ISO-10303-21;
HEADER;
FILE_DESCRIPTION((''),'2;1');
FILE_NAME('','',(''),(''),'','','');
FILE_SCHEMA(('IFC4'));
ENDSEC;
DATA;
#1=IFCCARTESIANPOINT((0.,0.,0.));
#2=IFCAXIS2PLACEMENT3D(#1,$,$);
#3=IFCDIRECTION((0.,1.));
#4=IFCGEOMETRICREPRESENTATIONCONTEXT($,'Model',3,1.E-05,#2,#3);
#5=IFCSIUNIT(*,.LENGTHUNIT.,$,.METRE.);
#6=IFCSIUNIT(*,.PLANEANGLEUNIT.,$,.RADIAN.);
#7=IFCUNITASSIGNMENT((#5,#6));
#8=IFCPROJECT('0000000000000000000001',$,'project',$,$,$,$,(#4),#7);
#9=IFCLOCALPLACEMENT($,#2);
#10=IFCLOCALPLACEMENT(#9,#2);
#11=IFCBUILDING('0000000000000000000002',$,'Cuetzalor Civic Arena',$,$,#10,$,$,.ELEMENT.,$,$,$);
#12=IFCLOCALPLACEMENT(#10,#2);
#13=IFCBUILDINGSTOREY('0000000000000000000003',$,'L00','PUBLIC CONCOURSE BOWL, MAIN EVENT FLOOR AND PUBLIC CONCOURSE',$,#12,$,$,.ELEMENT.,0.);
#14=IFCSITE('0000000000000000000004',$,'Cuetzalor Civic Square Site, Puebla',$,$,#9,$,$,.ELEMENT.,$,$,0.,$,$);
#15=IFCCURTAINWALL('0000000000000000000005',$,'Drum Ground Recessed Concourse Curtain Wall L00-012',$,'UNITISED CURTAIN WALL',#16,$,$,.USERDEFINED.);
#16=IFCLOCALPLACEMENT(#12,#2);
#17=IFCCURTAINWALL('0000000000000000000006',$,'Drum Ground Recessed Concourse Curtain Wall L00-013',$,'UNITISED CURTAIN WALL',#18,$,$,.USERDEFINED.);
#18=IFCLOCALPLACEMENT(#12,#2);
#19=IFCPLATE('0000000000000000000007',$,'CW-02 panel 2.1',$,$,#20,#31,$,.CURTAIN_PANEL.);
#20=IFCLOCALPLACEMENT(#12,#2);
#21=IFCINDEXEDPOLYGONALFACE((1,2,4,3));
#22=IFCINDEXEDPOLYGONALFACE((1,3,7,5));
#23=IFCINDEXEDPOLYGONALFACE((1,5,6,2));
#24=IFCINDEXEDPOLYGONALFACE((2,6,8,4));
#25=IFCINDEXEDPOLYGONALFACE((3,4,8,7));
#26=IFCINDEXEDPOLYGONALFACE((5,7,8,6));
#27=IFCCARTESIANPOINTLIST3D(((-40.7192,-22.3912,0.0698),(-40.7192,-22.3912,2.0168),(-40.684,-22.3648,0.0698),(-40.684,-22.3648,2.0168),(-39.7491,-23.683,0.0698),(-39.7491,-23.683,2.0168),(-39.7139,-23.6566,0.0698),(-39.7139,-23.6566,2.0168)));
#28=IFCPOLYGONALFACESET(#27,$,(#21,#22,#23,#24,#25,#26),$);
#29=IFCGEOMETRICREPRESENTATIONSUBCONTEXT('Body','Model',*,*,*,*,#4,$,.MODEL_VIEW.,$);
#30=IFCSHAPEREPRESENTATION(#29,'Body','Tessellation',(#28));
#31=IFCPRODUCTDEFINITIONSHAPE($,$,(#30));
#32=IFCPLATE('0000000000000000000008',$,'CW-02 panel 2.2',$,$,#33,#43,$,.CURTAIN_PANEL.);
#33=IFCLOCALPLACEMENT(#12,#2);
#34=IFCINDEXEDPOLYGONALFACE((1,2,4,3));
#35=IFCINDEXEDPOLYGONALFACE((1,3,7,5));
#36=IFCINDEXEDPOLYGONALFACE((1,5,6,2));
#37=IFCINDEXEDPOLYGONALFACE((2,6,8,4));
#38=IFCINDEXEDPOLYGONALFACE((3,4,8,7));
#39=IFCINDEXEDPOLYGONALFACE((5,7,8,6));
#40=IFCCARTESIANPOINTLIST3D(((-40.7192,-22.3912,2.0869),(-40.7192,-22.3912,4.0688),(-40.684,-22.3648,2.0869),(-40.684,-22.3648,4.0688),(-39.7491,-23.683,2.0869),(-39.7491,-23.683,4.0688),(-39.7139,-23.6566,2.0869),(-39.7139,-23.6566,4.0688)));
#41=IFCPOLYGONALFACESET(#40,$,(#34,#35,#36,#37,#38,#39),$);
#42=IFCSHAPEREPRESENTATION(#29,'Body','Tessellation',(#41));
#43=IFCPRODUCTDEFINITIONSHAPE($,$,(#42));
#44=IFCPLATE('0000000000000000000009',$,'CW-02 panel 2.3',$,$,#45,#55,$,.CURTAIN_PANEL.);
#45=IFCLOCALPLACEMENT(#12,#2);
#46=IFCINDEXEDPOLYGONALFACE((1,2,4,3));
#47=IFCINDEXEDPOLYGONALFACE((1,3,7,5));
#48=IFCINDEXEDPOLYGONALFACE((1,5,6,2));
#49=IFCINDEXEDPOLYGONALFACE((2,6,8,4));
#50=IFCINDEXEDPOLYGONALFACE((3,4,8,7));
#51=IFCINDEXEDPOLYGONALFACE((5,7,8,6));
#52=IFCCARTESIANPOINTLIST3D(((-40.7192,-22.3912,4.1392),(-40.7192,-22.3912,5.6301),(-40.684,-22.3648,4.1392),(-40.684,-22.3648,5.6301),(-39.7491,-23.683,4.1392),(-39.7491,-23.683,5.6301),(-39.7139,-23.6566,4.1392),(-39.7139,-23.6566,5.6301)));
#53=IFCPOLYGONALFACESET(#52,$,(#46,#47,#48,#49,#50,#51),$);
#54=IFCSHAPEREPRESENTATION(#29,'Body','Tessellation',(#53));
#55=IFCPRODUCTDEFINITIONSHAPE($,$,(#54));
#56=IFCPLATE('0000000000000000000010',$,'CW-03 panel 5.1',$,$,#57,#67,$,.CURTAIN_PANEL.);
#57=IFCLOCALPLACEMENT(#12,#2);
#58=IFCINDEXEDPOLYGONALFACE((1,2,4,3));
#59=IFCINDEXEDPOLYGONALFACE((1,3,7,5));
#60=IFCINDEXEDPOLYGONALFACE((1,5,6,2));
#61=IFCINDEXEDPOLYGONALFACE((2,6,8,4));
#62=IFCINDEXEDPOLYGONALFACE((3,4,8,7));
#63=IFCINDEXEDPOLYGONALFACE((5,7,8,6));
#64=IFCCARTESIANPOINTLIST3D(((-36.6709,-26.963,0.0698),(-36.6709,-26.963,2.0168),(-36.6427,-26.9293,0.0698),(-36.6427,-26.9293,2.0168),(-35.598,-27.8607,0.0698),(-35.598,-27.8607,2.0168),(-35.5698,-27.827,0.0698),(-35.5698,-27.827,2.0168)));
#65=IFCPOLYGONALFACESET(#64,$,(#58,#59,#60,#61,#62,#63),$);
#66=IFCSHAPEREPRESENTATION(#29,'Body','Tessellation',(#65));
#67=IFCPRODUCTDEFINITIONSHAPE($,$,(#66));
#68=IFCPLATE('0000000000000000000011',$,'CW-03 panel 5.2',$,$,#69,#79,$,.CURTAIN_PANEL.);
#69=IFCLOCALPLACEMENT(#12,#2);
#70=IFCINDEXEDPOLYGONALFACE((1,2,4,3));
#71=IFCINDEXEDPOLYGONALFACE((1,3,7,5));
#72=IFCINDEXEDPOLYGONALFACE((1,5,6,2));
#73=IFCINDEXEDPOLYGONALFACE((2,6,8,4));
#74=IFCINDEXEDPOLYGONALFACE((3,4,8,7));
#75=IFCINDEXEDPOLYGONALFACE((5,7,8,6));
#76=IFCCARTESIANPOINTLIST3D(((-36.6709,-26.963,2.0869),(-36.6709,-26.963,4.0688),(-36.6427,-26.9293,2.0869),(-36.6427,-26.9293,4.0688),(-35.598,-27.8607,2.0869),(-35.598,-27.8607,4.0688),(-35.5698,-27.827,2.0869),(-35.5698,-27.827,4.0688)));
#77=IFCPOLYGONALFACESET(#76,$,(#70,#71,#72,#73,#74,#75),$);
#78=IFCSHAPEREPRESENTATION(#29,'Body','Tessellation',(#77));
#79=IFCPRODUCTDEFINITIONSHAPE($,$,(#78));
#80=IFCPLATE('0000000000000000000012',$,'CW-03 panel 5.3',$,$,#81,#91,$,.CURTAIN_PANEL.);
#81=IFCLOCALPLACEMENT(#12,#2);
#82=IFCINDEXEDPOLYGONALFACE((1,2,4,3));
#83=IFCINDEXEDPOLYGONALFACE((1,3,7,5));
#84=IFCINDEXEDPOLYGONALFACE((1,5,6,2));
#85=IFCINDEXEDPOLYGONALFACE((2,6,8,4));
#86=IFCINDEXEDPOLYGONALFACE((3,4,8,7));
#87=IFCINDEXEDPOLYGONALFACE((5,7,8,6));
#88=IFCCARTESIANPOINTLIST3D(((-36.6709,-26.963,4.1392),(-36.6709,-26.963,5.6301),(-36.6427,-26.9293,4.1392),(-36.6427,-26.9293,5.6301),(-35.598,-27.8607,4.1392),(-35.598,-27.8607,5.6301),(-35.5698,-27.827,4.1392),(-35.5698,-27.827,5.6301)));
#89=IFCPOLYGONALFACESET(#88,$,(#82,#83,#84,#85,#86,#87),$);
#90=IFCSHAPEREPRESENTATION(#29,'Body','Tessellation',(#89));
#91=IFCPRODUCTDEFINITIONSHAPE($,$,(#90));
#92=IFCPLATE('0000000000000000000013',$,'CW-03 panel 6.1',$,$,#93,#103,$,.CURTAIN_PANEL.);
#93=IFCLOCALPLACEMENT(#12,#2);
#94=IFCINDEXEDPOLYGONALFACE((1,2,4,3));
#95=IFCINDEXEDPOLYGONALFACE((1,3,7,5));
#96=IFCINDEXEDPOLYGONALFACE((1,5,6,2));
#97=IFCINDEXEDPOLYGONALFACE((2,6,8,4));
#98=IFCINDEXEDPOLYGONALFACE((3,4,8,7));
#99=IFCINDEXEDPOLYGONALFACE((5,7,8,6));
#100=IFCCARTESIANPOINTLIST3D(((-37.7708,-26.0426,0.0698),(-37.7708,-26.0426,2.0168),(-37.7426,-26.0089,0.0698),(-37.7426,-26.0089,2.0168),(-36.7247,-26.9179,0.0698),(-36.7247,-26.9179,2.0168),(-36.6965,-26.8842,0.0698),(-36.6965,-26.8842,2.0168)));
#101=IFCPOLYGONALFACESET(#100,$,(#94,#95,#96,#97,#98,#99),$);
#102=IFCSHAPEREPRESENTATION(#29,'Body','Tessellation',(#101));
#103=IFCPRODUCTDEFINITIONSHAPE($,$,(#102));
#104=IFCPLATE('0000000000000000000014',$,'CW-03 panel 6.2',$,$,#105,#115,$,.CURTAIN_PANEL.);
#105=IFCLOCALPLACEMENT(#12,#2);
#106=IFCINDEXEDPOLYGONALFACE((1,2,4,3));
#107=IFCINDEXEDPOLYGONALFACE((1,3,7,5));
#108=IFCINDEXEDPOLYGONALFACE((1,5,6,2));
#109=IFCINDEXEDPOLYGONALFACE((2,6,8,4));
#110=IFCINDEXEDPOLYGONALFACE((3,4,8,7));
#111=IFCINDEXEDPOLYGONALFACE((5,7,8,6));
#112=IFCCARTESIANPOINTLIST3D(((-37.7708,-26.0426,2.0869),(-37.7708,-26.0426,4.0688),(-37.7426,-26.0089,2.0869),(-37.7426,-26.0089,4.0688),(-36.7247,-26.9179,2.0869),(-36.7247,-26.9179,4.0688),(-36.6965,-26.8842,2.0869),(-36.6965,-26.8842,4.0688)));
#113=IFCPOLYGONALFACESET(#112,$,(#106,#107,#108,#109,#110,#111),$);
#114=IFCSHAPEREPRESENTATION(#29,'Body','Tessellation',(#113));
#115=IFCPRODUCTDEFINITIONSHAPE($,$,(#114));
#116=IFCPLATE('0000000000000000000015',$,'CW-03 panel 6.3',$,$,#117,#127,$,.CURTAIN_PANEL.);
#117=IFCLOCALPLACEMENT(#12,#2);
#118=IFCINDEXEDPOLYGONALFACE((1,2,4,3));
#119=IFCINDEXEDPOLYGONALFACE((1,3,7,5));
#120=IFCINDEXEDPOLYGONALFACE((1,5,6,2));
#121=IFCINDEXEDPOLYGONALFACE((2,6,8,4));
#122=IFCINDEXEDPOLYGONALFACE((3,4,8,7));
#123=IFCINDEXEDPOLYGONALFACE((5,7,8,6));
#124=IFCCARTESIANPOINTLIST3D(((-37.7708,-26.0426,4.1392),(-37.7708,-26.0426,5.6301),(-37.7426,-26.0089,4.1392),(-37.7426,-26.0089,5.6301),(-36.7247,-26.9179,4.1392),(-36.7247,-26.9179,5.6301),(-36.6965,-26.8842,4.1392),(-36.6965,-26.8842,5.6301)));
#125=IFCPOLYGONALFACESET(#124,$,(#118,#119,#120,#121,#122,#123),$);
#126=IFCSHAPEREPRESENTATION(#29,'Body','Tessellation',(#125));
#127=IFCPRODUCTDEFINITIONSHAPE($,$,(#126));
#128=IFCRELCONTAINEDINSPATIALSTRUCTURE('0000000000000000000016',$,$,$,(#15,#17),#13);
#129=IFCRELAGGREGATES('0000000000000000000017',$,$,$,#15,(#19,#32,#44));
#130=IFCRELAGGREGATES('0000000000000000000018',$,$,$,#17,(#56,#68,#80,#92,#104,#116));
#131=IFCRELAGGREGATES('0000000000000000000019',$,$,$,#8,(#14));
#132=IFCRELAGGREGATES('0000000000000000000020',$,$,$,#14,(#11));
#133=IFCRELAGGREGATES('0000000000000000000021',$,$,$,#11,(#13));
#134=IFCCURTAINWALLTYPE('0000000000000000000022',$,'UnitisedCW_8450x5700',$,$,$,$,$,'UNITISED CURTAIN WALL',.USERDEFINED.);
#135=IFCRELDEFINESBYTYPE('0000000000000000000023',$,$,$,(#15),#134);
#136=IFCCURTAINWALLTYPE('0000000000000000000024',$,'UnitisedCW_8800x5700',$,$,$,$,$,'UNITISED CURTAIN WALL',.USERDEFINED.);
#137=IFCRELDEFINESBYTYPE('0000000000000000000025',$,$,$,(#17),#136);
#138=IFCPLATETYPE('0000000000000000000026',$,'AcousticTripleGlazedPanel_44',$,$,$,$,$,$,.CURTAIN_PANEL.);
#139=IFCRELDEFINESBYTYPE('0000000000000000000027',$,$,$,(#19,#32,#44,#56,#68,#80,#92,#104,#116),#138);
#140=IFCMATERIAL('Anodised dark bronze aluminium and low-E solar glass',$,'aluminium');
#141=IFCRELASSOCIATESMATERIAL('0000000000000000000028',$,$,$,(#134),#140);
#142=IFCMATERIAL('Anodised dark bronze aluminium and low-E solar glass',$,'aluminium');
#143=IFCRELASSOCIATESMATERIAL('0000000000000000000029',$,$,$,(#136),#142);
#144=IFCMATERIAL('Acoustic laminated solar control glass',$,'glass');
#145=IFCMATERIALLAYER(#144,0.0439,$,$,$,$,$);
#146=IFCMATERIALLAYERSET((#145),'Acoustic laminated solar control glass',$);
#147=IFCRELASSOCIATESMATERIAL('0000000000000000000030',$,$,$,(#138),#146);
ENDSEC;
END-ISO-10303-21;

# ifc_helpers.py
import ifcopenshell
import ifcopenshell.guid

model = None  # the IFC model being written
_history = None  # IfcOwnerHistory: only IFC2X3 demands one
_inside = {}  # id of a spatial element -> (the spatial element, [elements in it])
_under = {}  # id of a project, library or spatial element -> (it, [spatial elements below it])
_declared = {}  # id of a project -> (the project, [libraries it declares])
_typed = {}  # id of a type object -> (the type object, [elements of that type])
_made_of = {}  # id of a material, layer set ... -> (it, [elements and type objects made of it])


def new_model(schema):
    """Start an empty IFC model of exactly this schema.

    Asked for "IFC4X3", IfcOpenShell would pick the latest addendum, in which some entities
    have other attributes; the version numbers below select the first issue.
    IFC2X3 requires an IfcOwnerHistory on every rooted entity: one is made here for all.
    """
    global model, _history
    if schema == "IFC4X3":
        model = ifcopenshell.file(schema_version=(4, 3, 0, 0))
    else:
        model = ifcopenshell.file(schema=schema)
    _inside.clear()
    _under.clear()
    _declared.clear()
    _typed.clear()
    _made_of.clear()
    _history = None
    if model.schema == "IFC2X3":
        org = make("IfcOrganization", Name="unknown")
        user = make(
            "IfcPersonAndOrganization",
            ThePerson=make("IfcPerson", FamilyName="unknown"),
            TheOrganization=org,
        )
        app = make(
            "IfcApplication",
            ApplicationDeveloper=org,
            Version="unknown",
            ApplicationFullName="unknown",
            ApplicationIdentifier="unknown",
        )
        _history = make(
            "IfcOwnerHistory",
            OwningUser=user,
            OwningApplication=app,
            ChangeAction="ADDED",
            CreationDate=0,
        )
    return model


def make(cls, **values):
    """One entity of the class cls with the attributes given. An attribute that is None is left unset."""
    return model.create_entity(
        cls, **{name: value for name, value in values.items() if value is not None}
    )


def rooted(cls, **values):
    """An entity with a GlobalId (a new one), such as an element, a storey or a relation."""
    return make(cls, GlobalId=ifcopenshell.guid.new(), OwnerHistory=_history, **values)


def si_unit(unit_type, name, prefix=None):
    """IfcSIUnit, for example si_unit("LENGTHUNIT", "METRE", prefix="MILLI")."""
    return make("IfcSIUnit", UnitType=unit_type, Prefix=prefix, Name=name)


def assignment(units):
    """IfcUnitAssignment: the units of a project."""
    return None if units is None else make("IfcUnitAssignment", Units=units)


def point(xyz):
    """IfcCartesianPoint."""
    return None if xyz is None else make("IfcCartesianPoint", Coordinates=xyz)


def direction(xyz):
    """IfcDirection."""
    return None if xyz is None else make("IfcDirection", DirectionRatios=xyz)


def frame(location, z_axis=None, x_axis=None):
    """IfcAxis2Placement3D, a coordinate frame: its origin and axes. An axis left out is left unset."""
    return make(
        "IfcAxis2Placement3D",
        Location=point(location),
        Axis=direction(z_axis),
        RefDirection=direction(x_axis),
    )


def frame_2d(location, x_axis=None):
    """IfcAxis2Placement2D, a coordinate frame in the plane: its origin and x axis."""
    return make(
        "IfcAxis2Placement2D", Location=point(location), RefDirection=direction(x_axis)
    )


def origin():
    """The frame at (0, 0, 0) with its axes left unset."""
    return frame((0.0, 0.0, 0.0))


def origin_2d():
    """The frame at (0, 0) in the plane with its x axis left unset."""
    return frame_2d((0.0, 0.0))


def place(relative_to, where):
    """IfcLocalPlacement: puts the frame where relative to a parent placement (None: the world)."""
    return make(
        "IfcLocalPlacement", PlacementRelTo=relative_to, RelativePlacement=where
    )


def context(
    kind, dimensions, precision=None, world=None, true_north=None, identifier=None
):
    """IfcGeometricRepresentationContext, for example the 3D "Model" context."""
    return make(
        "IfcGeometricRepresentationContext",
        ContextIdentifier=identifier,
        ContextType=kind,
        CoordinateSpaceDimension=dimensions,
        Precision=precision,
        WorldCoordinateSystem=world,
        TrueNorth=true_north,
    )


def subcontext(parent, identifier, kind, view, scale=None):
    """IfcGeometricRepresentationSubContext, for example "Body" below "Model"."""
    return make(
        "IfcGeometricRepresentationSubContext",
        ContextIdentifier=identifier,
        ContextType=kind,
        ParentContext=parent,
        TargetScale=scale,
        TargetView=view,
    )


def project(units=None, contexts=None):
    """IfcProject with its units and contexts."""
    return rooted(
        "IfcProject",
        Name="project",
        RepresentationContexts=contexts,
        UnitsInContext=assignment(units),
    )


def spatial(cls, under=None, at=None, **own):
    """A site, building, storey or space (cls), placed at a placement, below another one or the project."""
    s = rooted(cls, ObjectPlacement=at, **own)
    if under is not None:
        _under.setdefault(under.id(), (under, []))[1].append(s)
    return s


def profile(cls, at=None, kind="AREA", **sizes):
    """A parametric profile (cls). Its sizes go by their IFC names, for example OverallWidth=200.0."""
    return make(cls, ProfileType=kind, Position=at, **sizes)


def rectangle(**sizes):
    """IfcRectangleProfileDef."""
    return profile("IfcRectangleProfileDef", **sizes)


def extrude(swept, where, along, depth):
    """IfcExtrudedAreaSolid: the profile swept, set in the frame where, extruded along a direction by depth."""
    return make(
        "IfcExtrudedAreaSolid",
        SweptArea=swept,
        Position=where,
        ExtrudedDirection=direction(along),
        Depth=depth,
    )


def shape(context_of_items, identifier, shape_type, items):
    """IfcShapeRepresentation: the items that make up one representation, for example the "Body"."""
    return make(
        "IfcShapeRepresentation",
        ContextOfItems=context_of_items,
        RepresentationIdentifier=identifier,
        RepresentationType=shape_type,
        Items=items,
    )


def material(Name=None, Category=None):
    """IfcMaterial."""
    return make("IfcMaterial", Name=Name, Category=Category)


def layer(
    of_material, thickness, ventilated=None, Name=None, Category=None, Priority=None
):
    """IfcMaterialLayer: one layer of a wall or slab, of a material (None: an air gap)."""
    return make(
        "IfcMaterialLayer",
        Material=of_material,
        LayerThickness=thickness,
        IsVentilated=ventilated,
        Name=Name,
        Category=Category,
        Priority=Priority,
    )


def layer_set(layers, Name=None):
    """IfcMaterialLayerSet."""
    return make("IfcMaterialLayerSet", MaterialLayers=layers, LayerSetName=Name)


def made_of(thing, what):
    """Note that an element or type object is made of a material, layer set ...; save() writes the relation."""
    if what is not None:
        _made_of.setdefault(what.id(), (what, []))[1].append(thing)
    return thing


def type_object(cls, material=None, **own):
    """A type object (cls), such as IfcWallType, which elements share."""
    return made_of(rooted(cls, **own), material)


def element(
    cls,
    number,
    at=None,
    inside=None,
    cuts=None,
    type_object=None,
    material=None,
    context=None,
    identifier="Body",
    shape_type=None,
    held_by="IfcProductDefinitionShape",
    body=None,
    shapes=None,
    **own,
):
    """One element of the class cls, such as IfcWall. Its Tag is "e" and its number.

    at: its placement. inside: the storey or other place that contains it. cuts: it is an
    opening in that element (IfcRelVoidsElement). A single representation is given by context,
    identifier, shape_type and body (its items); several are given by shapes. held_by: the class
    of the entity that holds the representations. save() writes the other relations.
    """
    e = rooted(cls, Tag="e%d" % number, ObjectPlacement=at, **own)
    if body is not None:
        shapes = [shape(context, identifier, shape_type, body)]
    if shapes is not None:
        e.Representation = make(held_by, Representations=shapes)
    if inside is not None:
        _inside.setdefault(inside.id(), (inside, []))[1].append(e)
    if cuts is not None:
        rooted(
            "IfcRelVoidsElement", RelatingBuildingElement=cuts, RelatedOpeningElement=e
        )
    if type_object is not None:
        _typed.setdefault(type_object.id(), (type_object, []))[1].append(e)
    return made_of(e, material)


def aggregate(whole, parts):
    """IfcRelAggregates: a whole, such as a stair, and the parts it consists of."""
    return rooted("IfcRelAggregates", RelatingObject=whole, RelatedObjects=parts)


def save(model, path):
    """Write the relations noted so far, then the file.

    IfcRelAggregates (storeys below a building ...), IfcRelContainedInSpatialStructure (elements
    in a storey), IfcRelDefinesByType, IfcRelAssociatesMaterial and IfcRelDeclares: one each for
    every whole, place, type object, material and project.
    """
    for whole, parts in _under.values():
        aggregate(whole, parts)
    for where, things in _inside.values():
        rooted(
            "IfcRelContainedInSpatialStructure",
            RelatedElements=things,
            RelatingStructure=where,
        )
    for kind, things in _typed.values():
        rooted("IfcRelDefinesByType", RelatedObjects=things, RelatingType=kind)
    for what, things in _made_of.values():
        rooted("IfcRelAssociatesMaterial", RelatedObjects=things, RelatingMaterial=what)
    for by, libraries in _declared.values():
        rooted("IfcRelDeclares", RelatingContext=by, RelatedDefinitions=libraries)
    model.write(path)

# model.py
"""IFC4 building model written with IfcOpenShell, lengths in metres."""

from ifc_helpers import new_model, si_unit, direction, frame, origin, origin_2d, place, context, subcontext, project, spatial, rectangle, extrude, material, layer, layer_set, type_object, element, aggregate, save


model = new_model("IFC4")

# Units and contexts
model_context = context("Model", 3, precision=1e-05, world=origin(), true_north=direction((0.0, 1.0)))
body_context = subcontext(model_context, "Body", "Model", "MODEL_VIEW")
ifc_project = project(units=[si_unit("LENGTHUNIT", "METRE"), si_unit("PLANEANGLEUNIT", "RADIAN")], contexts=[model_context])

# Site, building, storey
site_placement = place(None, origin())
site = spatial("IfcSite", under=ifc_project, at=site_placement, Name="Cuetzalor Civic Square Site, Puebla", CompositionType="ELEMENT", RefElevation=0.0)
building_placement = place(site_placement, origin())
building = spatial("IfcBuilding", under=site, at=building_placement, Name="Cuetzalor Civic Arena", CompositionType="ELEMENT")
storey_placement = place(building_placement, origin())
storey = spatial("IfcBuildingStorey", under=building, at=storey_placement, Name="L00", Description="PUBLIC CONCOURSE BOWL, MAIN EVENT FLOOR AND PUBLIC CONCOURSE", CompositionType="ELEMENT", Elevation=0.0)

# Curtain walls
ifc_material_1 = material(Name="Anodised dark bronze aluminium and low-E solar glass", Category="aluminium")
curtain_wall_type_1 = type_object("IfcCurtainWallType", Name="UnitisedCW_8450x5700", ElementType="UNITISED CURTAIN WALL", PredefinedType="USERDEFINED", material=ifc_material_1)
curtain_wall_1_placement = place(storey_placement, origin())
curtain_wall_1 = element("IfcCurtainWall", 1, at=curtain_wall_1_placement, inside=storey, type_object=curtain_wall_type_1, Name="Drum Ground Recessed Concourse Curtain Wall L00-012", ObjectType="UNITISED CURTAIN WALL", PredefinedType="USERDEFINED")
ifc_material_2 = material(Name="Anodised dark bronze aluminium and low-E solar glass", Category="aluminium")
curtain_wall_type_2 = type_object("IfcCurtainWallType", Name="UnitisedCW_8800x5700", ElementType="UNITISED CURTAIN WALL", PredefinedType="USERDEFINED", material=ifc_material_2)
curtain_wall_2_placement = place(storey_placement, origin())
curtain_wall_2 = element("IfcCurtainWall", 2, at=curtain_wall_2_placement, inside=storey, type_object=curtain_wall_type_2, Name="Drum Ground Recessed Concourse Curtain Wall L00-013", ObjectType="UNITISED CURTAIN WALL", PredefinedType="USERDEFINED")

# Plates
ifc_material_3 = material(Name="Acoustic laminated solar control glass", Category="glass")
ifc_layer = layer(ifc_material_3, 0.0439)
ifc_layer_set = layer_set([ifc_layer], Name="Acoustic laminated solar control glass")
plate_type = type_object("IfcPlateType", Name="AcousticTripleGlazedPanel_44", PredefinedType="CURTAIN_PANEL", material=ifc_layer_set)
plate_1_placement = place(storey_placement, frame((-40.2166, -23.0239, 0.0698), z_axis=(0.0, 0.0, 1.0), x_axis=(-0.600492, 0.799631, 0.0)))
plate_1 = element("IfcPlate", 3, at=plate_1_placement, type_object=plate_type, Name="CW-02 panel 2.1", PredefinedType="CURTAIN_PANEL", context=body_context, shape_type="SweptSolid", body=[
    extrude(rectangle(XDim=1.6155, YDim=0.0439, at=origin_2d()), origin(), (0.0, 0.0, 1.0), 1.947),
])
plate_2_placement = place(storey_placement, frame((-40.2166, -23.0239, 2.0869), z_axis=(0.0, 0.0, 1.0), x_axis=(-0.600492, 0.799631, 0.0)))
plate_2 = element("IfcPlate", 4, at=plate_2_placement, type_object=plate_type, Name="CW-02 panel 2.2", PredefinedType="CURTAIN_PANEL", context=body_context, shape_type="SweptSolid", body=[
    extrude(rectangle(XDim=1.6155, YDim=0.0439, at=origin_2d()), origin(), (0.0, 0.0, 1.0), 1.9819),
])
plate_3_placement = place(storey_placement, frame((-40.2166, -23.0239, 4.1392), z_axis=(0.0, 0.0, 1.0), x_axis=(-0.600492, 0.799631, 0.0)))
plate_3 = element("IfcPlate", 5, at=plate_3_placement, type_object=plate_type, Name="CW-02 panel 2.3", PredefinedType="CURTAIN_PANEL", context=body_context, shape_type="SweptSolid", body=[
    extrude(rectangle(XDim=1.6155, YDim=0.0439, at=origin_2d()), origin(), (0.0, 0.0, 1.0), 1.491),
])
aggregate(curtain_wall_1, [plate_1, plate_2, plate_3])
plate_4_placement = place(storey_placement, frame((-36.1204, -27.395, 0.0698), z_axis=(0.0, 0.0, 1.0), x_axis=(-0.766928, 0.641733, 0.0)))
plate_4 = element("IfcPlate", 6, at=plate_4_placement, type_object=plate_type, Name="CW-03 panel 5.1", PredefinedType="CURTAIN_PANEL", context=body_context, shape_type="SweptSolid", body=[
    extrude(rectangle(XDim=1.3989, YDim=0.0439, at=origin_2d()), origin(), (0.0, 0.0, 1.0), 1.947),
])
plate_5_placement = place(storey_placement, frame((-36.1204, -27.395, 2.0869), z_axis=(0.0, 0.0, 1.0), x_axis=(-0.766928, 0.641733, 0.0)))
plate_5 = element("IfcPlate", 7, at=plate_5_placement, type_object=plate_type, Name="CW-03 panel 5.2", PredefinedType="CURTAIN_PANEL", context=body_context, shape_type="SweptSolid", body=[
    extrude(rectangle(XDim=1.3989, YDim=0.0439, at=origin_2d()), origin(), (0.0, 0.0, 1.0), 1.9819),
])
plate_6_placement = place(storey_placement, frame((-36.1204, -27.395, 4.1392), z_axis=(0.0, 0.0, 1.0), x_axis=(-0.766928, 0.641733, 0.0)))
plate_6 = element("IfcPlate", 8, at=plate_6_placement, type_object=plate_type, Name="CW-03 panel 5.3", PredefinedType="CURTAIN_PANEL", context=body_context, shape_type="SweptSolid", body=[
    extrude(rectangle(XDim=1.3989, YDim=0.0439, at=origin_2d()), origin(), (0.0, 0.0, 1.0), 1.491),
])
plate_7_placement = place(storey_placement, frame((-37.2336, -26.4634, 0.0698), z_axis=(0.0, 0.0, 1.0), x_axis=(-0.766928, 0.641733, 0.0)))
plate_7 = element("IfcPlate", 9, at=plate_7_placement, type_object=plate_type, Name="CW-03 panel 6.1", PredefinedType="CURTAIN_PANEL", context=body_context, shape_type="SweptSolid", body=[
    extrude(rectangle(XDim=1.364, YDim=0.0439, at=origin_2d()), origin(), (0.0, 0.0, 1.0), 1.947),
])
plate_8_placement = place(storey_placement, frame((-37.2336, -26.4634, 2.0869), z_axis=(0.0, 0.0, 1.0), x_axis=(-0.766928, 0.641733, 0.0)))
plate_8 = element("IfcPlate", 10, at=plate_8_placement, type_object=plate_type, Name="CW-03 panel 6.2", PredefinedType="CURTAIN_PANEL", context=body_context, shape_type="SweptSolid", body=[
    extrude(rectangle(XDim=1.364, YDim=0.0439, at=origin_2d()), origin(), (0.0, 0.0, 1.0), 1.9819),
])
plate_9_placement = place(storey_placement, frame((-37.2336, -26.4634, 4.1392), z_axis=(0.0, 0.0, 1.0), x_axis=(-0.766928, 0.641733, 0.0)))
plate_9 = element("IfcPlate", 11, at=plate_9_placement, type_object=plate_type, Name="CW-03 panel 6.3", PredefinedType="CURTAIN_PANEL", context=body_context, shape_type="SweptSolid", body=[
    extrude(rectangle(XDim=1.364, YDim=0.0439, at=origin_2d()), origin(), (0.0, 0.0, 1.0), 1.491),
])
aggregate(curtain_wall_2, [plate_4, plate_5, plate_6, plate_7, plate_8, plate_9])

save(model, "model.ifc")
